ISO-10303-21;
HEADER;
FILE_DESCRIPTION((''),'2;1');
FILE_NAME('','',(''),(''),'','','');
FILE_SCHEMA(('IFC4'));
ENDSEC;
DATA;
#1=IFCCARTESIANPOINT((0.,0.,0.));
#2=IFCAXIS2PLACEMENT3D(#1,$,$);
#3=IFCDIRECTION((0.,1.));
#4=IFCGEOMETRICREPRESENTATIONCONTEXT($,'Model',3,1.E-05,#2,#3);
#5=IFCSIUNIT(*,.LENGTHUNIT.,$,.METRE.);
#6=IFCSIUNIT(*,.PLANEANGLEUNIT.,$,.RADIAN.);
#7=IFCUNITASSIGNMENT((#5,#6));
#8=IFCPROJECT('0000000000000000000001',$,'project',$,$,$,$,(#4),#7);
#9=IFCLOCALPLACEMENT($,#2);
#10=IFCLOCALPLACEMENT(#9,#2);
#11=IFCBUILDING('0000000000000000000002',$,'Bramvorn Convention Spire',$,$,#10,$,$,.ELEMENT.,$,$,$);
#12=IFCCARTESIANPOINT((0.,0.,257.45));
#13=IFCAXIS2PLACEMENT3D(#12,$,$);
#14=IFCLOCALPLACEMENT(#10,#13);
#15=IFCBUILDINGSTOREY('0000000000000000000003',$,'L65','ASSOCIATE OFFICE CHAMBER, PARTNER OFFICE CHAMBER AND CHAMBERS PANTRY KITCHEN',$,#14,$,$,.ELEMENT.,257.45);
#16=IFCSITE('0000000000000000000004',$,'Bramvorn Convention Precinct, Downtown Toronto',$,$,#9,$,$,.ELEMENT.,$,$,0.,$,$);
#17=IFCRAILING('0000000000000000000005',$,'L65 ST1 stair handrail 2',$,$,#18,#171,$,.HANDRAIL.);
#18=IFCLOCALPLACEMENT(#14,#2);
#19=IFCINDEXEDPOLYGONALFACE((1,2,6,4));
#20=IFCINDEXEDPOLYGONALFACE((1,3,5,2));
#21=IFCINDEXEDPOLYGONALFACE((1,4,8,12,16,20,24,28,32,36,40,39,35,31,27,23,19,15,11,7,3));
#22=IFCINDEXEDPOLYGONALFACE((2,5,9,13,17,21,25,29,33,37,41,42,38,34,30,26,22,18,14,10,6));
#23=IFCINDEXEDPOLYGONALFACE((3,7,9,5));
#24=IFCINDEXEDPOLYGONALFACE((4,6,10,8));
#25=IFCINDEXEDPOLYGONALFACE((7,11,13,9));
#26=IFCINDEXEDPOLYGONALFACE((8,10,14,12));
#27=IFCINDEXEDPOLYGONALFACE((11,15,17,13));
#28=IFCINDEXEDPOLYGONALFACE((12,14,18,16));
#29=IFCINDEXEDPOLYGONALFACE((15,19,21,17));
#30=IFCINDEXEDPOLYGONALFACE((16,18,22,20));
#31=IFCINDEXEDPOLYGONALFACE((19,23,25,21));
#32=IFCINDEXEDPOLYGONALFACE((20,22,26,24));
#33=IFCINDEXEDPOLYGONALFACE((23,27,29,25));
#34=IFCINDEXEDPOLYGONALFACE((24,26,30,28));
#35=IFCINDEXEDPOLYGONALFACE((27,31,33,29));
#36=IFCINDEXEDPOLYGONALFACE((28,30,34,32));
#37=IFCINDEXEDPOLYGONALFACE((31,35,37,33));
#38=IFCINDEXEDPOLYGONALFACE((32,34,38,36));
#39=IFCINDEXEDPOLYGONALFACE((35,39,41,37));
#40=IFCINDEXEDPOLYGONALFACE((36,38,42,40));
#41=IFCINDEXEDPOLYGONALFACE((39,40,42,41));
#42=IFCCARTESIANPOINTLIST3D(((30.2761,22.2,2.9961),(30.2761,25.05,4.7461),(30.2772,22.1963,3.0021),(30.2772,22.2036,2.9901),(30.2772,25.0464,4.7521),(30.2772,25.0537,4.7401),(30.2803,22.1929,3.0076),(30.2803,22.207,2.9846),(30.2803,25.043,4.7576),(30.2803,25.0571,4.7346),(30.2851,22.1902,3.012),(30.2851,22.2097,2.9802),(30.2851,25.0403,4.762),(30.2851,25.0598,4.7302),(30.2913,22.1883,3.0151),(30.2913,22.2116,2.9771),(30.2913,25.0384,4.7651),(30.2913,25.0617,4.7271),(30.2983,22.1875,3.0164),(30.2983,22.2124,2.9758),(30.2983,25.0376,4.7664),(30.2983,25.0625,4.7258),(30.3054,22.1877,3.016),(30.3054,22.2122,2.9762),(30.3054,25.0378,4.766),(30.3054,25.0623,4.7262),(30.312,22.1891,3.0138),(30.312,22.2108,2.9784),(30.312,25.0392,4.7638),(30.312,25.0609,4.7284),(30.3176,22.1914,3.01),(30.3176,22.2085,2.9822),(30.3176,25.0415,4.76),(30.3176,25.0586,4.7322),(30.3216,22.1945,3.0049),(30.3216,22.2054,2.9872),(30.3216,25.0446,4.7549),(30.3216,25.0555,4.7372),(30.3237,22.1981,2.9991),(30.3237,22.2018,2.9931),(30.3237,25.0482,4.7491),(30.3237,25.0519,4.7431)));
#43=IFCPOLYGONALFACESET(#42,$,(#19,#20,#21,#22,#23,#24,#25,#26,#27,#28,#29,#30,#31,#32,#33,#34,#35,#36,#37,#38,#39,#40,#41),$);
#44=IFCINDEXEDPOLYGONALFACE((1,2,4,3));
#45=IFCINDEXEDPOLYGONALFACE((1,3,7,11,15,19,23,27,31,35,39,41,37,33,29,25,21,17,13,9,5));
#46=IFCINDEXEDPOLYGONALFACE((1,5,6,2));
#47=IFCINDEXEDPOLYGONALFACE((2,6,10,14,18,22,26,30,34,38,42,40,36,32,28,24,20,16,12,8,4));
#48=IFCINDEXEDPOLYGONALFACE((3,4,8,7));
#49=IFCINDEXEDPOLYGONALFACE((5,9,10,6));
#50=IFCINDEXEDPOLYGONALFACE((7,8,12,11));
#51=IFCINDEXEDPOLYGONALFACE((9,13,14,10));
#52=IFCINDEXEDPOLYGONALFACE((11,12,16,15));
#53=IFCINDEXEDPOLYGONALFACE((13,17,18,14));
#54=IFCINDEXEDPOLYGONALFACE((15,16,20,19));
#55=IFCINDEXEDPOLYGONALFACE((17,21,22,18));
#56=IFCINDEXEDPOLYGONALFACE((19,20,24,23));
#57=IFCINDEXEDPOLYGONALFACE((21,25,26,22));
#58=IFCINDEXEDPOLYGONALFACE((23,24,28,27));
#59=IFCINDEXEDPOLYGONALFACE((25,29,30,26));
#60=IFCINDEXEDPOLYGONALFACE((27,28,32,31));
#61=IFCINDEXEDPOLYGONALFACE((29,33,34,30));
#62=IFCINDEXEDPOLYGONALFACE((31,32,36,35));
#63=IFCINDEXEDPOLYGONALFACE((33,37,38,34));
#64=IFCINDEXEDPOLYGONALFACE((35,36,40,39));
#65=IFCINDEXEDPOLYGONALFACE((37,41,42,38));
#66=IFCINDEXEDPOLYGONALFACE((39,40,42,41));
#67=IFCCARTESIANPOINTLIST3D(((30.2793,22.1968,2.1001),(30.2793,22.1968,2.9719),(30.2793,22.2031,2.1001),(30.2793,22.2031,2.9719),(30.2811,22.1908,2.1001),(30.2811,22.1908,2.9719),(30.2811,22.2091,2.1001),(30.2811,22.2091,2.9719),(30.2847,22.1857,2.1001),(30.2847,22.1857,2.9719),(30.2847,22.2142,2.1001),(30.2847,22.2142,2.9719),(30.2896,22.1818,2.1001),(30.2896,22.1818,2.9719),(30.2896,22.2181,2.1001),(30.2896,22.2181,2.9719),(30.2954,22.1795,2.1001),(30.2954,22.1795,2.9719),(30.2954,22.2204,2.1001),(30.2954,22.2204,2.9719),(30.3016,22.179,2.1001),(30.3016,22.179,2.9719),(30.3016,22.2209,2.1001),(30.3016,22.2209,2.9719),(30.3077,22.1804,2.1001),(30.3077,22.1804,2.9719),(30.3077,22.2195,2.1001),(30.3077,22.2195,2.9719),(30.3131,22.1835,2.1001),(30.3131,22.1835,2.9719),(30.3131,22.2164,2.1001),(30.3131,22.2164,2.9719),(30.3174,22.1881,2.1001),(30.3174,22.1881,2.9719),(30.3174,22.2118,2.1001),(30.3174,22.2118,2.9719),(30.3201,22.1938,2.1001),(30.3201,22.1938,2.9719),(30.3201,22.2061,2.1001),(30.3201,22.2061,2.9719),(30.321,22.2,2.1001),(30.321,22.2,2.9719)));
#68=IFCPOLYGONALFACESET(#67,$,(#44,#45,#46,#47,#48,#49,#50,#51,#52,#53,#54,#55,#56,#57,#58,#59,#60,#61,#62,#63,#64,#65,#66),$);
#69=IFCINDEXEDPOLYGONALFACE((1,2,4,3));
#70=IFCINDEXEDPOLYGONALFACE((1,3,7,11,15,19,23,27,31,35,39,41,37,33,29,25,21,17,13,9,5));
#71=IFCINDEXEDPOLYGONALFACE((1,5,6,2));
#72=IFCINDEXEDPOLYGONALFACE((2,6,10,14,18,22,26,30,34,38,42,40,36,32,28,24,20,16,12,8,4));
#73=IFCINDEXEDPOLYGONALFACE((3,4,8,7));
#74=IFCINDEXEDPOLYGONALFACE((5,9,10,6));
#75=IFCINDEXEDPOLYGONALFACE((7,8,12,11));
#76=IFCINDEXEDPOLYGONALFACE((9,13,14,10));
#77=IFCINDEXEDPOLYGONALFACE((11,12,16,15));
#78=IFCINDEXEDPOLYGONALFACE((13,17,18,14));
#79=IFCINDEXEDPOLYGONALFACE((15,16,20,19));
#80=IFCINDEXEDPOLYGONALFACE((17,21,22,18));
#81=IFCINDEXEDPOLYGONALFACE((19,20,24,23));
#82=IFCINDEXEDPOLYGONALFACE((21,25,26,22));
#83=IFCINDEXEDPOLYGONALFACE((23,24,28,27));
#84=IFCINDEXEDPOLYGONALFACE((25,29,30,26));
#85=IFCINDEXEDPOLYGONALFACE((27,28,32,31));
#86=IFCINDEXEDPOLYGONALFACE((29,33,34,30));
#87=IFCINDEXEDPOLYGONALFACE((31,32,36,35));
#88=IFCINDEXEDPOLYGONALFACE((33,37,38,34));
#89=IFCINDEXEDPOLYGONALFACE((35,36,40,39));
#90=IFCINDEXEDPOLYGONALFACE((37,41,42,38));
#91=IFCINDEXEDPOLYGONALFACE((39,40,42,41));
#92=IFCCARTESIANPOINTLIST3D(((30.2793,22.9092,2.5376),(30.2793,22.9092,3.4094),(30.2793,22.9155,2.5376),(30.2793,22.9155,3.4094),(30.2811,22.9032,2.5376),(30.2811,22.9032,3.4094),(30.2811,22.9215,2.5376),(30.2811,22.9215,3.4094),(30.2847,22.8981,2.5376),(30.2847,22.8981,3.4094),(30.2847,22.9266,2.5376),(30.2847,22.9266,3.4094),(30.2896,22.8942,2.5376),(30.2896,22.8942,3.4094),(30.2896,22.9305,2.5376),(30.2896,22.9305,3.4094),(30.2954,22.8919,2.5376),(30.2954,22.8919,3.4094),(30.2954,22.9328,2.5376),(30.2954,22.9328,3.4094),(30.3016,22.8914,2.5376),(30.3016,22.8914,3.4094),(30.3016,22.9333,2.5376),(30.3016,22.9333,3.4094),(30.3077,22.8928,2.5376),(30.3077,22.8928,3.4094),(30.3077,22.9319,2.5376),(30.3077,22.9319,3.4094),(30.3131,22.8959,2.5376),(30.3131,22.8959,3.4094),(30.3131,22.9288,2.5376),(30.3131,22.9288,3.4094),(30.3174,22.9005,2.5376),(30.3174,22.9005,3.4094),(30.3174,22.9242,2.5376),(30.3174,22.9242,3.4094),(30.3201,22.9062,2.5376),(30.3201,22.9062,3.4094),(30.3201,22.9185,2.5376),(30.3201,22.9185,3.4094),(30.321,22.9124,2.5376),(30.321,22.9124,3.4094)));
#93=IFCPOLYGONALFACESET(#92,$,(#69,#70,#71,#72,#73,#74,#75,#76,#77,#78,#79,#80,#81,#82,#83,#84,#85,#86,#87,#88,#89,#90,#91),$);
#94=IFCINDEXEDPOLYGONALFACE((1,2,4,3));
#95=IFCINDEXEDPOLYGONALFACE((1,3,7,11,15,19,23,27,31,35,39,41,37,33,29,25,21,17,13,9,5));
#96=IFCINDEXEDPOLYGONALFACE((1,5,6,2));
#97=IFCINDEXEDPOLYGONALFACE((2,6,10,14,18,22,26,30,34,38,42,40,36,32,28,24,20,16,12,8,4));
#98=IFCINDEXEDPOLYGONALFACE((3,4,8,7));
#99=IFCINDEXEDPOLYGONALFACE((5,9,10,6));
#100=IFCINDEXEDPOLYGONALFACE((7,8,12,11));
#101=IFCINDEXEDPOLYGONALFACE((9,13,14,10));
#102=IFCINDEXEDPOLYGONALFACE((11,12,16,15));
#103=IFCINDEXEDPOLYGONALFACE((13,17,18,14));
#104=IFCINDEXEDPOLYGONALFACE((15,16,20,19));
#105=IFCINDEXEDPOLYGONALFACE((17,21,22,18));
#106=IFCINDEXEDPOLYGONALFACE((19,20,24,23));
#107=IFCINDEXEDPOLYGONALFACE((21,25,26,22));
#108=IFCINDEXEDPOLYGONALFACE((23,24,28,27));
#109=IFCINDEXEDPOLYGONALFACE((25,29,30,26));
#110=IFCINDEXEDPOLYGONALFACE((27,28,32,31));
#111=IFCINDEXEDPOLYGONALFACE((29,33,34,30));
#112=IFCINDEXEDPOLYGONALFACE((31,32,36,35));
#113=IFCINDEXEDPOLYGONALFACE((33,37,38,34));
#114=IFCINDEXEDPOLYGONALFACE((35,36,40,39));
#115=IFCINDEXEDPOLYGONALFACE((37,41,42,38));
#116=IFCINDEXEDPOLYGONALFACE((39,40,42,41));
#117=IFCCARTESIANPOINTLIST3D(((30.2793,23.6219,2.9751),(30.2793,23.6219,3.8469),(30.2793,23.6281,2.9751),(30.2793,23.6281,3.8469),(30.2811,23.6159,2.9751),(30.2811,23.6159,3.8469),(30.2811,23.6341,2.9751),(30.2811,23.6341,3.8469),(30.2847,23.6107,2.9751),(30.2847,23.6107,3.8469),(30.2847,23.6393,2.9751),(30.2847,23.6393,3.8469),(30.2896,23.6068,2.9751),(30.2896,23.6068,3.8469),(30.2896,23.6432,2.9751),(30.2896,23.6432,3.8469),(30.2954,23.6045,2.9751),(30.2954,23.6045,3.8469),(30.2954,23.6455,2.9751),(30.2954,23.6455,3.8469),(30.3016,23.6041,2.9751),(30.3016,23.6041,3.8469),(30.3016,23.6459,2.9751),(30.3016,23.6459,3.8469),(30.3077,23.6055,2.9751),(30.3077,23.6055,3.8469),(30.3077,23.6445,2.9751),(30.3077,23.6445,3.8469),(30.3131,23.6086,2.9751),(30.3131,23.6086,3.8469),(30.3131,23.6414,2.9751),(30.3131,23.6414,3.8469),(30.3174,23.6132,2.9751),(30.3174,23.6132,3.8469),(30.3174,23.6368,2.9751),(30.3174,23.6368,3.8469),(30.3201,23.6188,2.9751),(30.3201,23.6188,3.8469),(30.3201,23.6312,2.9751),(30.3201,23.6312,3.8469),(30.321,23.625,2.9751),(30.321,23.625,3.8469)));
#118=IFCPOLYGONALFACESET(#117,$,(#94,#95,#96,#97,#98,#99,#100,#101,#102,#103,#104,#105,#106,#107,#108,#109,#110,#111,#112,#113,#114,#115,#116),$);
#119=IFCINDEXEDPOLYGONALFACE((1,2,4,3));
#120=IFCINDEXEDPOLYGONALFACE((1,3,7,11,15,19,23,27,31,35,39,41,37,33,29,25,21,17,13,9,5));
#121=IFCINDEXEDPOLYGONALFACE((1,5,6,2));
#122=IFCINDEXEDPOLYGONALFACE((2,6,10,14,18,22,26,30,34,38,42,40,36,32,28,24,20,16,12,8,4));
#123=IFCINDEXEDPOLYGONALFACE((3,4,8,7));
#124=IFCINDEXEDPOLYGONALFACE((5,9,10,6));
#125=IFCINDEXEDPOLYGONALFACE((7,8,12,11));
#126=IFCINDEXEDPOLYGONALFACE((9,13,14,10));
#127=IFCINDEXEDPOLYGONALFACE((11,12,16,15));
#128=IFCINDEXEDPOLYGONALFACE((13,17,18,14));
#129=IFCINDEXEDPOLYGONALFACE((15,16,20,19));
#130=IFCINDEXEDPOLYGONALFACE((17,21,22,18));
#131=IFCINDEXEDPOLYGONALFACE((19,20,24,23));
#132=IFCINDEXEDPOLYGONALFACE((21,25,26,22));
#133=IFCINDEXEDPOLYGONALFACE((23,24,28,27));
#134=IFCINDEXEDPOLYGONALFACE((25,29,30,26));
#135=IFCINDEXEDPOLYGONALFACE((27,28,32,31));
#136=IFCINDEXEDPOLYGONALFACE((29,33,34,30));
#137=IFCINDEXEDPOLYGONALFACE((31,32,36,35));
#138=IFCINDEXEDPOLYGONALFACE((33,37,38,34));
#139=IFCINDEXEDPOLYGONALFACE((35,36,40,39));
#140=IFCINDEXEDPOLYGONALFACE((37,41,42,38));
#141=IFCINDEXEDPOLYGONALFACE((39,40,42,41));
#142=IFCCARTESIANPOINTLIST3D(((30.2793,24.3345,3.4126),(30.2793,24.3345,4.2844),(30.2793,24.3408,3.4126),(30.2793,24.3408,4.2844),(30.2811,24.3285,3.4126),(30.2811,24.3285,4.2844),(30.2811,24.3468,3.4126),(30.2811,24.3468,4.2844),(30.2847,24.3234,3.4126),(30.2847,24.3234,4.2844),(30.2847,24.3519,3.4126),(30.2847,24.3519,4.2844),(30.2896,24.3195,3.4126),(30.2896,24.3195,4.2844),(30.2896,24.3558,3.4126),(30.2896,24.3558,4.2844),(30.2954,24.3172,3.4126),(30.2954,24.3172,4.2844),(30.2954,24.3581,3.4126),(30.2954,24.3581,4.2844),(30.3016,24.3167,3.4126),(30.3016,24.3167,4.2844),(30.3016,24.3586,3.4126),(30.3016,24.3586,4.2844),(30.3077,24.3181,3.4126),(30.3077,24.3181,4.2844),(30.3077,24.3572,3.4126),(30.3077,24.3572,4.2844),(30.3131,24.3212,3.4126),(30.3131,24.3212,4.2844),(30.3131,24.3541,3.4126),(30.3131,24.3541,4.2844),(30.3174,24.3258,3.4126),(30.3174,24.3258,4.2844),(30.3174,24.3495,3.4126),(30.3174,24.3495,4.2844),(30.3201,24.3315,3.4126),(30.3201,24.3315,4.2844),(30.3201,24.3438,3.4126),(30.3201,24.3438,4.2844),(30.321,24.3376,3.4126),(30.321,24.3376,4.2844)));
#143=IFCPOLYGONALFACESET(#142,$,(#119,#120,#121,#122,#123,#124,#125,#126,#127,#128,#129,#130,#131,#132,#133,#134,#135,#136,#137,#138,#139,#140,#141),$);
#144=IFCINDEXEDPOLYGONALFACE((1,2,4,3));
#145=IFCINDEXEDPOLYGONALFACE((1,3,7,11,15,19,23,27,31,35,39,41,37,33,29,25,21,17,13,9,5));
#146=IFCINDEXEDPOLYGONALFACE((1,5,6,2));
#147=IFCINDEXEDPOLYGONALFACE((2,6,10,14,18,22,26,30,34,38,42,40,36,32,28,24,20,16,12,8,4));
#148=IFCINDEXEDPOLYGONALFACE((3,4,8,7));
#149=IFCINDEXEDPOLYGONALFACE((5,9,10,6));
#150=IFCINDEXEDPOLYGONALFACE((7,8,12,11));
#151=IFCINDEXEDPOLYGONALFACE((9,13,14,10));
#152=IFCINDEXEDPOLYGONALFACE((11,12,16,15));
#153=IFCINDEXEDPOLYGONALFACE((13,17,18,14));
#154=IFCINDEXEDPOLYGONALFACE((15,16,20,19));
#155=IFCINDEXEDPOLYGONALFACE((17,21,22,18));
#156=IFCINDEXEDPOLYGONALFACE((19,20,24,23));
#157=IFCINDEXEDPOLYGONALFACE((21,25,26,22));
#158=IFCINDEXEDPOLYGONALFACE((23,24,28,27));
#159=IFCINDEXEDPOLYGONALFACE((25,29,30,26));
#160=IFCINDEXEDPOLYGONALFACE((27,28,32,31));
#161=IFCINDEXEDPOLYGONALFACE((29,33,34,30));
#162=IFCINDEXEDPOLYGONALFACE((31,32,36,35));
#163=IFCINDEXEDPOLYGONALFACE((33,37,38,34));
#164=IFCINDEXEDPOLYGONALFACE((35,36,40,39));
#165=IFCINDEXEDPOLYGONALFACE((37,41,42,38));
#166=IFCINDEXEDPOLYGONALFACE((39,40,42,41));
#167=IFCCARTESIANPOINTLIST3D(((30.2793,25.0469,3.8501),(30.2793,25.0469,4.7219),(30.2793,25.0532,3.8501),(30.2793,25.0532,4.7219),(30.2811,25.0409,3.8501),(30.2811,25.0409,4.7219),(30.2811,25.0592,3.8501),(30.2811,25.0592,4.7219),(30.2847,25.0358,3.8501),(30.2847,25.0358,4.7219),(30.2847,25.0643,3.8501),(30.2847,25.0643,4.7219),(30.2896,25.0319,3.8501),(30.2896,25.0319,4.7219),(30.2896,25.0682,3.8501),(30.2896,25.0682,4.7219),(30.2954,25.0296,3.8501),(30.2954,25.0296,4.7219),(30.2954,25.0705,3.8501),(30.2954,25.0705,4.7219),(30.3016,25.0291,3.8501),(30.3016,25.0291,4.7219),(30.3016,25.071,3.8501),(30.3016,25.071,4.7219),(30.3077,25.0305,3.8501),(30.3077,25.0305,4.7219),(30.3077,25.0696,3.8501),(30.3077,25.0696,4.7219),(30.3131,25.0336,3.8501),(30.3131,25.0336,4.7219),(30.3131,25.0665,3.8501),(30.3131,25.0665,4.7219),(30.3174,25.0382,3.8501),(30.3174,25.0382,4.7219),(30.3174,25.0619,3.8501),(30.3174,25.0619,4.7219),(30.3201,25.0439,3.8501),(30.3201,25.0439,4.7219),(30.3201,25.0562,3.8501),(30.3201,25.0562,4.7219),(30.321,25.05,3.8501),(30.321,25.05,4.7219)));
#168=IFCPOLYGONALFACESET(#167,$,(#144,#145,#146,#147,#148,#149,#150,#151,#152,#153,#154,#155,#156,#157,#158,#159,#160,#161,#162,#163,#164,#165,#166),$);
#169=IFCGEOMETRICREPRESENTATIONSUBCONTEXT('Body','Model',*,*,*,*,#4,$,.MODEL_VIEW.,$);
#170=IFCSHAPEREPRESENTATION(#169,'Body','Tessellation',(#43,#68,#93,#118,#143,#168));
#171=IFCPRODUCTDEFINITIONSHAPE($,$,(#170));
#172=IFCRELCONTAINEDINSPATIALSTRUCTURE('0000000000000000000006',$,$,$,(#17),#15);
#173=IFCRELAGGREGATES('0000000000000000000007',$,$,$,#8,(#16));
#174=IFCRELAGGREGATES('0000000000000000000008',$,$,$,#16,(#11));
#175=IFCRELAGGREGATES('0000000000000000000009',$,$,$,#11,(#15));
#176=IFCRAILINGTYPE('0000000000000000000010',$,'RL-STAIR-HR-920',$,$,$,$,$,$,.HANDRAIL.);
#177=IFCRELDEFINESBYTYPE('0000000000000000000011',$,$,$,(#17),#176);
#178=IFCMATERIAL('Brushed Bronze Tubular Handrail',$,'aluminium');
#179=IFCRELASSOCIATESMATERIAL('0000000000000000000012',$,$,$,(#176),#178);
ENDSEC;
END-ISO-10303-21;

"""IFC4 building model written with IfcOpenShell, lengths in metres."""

from ifc_helpers import new_model, si_unit, direction, frame, origin, origin_2d, place, context, subcontext, project, spatial, circle, extrude, material, type_object, element, save


model = new_model("IFC4")

# Units and contexts
model_context = context("Model", 3, precision=1e-05, world=origin(), true_north=direction((0.0, 1.0)))
body_context = subcontext(model_context, "Body", "Model", "MODEL_VIEW")
ifc_project = project(units=[si_unit("LENGTHUNIT", "METRE"), si_unit("PLANEANGLEUNIT", "RADIAN")], contexts=[model_context])

# Site, building, storey
site_placement = place(None, origin())
site = spatial("IfcSite", under=ifc_project, at=site_placement, Name="Bramvorn Convention Precinct, Downtown Toronto", CompositionType="ELEMENT", RefElevation=0.0)
building_placement = place(site_placement, origin())
building = spatial("IfcBuilding", under=site, at=building_placement, Name="Bramvorn Convention Spire", CompositionType="ELEMENT")
storey_placement = place(building_placement, frame((0.0, 0.0, 257.45)))
storey = spatial("IfcBuildingStorey", under=building, at=storey_placement, Name="L65", Description="ASSOCIATE OFFICE CHAMBER, PARTNER OFFICE CHAMBER AND CHAMBERS PANTRY KITCHEN", CompositionType="ELEMENT", Elevation=257.45)

# Railing
ifc_material_1 = material(Name="Brushed Bronze Tubular Handrail", Category="aluminium")
railing_type_1 = type_object("IfcRailingType", Name="RL-STAIR-HR-920", PredefinedType="HANDRAIL", material=ifc_material_1)
railing_1_placement = place(storey_placement, frame((30.3, 22.2, 2.1001)))
element("IfcRailing", 1, at=railing_1_placement, inside=storey, type_object=railing_type_1, Name="L65 ST1 stair handrail 2", PredefinedType="HANDRAIL", context=body_context, shape_type="SweptSolid", body=[
    extrude(circle(Radius=0.0239, at=origin_2d()), frame((0.0, 0.0, 0.896), z_axis=(0.0, 0.852179, 0.52325), x_axis=(-1.0, 0.0, 0.0)), (0.0, 0.0, 1.0), 3.3445),
    extrude(circle(Radius=0.021, at=origin_2d()), origin(), (0.0, 0.0, 1.0), 0.8718),
    extrude(circle(Radius=0.021, at=origin_2d()), frame((0.0, 0.7124, 0.4375)), (0.0, 0.0, 1.0), 0.8718),
    extrude(circle(Radius=0.021, at=origin_2d()), frame((0.0, 1.425, 0.875)), (0.0, 0.0, 1.0), 0.8718),
    extrude(circle(Radius=0.021, at=origin_2d()), frame((0.0, 2.1377, 1.3125)), (0.0, 0.0, 1.0), 0.8718),
    extrude(circle(Radius=0.021, at=origin_2d()), frame((0.0, 2.8501, 1.75)), (0.0, 0.0, 1.0), 0.8718),
])

save(model, "model.ifc")
